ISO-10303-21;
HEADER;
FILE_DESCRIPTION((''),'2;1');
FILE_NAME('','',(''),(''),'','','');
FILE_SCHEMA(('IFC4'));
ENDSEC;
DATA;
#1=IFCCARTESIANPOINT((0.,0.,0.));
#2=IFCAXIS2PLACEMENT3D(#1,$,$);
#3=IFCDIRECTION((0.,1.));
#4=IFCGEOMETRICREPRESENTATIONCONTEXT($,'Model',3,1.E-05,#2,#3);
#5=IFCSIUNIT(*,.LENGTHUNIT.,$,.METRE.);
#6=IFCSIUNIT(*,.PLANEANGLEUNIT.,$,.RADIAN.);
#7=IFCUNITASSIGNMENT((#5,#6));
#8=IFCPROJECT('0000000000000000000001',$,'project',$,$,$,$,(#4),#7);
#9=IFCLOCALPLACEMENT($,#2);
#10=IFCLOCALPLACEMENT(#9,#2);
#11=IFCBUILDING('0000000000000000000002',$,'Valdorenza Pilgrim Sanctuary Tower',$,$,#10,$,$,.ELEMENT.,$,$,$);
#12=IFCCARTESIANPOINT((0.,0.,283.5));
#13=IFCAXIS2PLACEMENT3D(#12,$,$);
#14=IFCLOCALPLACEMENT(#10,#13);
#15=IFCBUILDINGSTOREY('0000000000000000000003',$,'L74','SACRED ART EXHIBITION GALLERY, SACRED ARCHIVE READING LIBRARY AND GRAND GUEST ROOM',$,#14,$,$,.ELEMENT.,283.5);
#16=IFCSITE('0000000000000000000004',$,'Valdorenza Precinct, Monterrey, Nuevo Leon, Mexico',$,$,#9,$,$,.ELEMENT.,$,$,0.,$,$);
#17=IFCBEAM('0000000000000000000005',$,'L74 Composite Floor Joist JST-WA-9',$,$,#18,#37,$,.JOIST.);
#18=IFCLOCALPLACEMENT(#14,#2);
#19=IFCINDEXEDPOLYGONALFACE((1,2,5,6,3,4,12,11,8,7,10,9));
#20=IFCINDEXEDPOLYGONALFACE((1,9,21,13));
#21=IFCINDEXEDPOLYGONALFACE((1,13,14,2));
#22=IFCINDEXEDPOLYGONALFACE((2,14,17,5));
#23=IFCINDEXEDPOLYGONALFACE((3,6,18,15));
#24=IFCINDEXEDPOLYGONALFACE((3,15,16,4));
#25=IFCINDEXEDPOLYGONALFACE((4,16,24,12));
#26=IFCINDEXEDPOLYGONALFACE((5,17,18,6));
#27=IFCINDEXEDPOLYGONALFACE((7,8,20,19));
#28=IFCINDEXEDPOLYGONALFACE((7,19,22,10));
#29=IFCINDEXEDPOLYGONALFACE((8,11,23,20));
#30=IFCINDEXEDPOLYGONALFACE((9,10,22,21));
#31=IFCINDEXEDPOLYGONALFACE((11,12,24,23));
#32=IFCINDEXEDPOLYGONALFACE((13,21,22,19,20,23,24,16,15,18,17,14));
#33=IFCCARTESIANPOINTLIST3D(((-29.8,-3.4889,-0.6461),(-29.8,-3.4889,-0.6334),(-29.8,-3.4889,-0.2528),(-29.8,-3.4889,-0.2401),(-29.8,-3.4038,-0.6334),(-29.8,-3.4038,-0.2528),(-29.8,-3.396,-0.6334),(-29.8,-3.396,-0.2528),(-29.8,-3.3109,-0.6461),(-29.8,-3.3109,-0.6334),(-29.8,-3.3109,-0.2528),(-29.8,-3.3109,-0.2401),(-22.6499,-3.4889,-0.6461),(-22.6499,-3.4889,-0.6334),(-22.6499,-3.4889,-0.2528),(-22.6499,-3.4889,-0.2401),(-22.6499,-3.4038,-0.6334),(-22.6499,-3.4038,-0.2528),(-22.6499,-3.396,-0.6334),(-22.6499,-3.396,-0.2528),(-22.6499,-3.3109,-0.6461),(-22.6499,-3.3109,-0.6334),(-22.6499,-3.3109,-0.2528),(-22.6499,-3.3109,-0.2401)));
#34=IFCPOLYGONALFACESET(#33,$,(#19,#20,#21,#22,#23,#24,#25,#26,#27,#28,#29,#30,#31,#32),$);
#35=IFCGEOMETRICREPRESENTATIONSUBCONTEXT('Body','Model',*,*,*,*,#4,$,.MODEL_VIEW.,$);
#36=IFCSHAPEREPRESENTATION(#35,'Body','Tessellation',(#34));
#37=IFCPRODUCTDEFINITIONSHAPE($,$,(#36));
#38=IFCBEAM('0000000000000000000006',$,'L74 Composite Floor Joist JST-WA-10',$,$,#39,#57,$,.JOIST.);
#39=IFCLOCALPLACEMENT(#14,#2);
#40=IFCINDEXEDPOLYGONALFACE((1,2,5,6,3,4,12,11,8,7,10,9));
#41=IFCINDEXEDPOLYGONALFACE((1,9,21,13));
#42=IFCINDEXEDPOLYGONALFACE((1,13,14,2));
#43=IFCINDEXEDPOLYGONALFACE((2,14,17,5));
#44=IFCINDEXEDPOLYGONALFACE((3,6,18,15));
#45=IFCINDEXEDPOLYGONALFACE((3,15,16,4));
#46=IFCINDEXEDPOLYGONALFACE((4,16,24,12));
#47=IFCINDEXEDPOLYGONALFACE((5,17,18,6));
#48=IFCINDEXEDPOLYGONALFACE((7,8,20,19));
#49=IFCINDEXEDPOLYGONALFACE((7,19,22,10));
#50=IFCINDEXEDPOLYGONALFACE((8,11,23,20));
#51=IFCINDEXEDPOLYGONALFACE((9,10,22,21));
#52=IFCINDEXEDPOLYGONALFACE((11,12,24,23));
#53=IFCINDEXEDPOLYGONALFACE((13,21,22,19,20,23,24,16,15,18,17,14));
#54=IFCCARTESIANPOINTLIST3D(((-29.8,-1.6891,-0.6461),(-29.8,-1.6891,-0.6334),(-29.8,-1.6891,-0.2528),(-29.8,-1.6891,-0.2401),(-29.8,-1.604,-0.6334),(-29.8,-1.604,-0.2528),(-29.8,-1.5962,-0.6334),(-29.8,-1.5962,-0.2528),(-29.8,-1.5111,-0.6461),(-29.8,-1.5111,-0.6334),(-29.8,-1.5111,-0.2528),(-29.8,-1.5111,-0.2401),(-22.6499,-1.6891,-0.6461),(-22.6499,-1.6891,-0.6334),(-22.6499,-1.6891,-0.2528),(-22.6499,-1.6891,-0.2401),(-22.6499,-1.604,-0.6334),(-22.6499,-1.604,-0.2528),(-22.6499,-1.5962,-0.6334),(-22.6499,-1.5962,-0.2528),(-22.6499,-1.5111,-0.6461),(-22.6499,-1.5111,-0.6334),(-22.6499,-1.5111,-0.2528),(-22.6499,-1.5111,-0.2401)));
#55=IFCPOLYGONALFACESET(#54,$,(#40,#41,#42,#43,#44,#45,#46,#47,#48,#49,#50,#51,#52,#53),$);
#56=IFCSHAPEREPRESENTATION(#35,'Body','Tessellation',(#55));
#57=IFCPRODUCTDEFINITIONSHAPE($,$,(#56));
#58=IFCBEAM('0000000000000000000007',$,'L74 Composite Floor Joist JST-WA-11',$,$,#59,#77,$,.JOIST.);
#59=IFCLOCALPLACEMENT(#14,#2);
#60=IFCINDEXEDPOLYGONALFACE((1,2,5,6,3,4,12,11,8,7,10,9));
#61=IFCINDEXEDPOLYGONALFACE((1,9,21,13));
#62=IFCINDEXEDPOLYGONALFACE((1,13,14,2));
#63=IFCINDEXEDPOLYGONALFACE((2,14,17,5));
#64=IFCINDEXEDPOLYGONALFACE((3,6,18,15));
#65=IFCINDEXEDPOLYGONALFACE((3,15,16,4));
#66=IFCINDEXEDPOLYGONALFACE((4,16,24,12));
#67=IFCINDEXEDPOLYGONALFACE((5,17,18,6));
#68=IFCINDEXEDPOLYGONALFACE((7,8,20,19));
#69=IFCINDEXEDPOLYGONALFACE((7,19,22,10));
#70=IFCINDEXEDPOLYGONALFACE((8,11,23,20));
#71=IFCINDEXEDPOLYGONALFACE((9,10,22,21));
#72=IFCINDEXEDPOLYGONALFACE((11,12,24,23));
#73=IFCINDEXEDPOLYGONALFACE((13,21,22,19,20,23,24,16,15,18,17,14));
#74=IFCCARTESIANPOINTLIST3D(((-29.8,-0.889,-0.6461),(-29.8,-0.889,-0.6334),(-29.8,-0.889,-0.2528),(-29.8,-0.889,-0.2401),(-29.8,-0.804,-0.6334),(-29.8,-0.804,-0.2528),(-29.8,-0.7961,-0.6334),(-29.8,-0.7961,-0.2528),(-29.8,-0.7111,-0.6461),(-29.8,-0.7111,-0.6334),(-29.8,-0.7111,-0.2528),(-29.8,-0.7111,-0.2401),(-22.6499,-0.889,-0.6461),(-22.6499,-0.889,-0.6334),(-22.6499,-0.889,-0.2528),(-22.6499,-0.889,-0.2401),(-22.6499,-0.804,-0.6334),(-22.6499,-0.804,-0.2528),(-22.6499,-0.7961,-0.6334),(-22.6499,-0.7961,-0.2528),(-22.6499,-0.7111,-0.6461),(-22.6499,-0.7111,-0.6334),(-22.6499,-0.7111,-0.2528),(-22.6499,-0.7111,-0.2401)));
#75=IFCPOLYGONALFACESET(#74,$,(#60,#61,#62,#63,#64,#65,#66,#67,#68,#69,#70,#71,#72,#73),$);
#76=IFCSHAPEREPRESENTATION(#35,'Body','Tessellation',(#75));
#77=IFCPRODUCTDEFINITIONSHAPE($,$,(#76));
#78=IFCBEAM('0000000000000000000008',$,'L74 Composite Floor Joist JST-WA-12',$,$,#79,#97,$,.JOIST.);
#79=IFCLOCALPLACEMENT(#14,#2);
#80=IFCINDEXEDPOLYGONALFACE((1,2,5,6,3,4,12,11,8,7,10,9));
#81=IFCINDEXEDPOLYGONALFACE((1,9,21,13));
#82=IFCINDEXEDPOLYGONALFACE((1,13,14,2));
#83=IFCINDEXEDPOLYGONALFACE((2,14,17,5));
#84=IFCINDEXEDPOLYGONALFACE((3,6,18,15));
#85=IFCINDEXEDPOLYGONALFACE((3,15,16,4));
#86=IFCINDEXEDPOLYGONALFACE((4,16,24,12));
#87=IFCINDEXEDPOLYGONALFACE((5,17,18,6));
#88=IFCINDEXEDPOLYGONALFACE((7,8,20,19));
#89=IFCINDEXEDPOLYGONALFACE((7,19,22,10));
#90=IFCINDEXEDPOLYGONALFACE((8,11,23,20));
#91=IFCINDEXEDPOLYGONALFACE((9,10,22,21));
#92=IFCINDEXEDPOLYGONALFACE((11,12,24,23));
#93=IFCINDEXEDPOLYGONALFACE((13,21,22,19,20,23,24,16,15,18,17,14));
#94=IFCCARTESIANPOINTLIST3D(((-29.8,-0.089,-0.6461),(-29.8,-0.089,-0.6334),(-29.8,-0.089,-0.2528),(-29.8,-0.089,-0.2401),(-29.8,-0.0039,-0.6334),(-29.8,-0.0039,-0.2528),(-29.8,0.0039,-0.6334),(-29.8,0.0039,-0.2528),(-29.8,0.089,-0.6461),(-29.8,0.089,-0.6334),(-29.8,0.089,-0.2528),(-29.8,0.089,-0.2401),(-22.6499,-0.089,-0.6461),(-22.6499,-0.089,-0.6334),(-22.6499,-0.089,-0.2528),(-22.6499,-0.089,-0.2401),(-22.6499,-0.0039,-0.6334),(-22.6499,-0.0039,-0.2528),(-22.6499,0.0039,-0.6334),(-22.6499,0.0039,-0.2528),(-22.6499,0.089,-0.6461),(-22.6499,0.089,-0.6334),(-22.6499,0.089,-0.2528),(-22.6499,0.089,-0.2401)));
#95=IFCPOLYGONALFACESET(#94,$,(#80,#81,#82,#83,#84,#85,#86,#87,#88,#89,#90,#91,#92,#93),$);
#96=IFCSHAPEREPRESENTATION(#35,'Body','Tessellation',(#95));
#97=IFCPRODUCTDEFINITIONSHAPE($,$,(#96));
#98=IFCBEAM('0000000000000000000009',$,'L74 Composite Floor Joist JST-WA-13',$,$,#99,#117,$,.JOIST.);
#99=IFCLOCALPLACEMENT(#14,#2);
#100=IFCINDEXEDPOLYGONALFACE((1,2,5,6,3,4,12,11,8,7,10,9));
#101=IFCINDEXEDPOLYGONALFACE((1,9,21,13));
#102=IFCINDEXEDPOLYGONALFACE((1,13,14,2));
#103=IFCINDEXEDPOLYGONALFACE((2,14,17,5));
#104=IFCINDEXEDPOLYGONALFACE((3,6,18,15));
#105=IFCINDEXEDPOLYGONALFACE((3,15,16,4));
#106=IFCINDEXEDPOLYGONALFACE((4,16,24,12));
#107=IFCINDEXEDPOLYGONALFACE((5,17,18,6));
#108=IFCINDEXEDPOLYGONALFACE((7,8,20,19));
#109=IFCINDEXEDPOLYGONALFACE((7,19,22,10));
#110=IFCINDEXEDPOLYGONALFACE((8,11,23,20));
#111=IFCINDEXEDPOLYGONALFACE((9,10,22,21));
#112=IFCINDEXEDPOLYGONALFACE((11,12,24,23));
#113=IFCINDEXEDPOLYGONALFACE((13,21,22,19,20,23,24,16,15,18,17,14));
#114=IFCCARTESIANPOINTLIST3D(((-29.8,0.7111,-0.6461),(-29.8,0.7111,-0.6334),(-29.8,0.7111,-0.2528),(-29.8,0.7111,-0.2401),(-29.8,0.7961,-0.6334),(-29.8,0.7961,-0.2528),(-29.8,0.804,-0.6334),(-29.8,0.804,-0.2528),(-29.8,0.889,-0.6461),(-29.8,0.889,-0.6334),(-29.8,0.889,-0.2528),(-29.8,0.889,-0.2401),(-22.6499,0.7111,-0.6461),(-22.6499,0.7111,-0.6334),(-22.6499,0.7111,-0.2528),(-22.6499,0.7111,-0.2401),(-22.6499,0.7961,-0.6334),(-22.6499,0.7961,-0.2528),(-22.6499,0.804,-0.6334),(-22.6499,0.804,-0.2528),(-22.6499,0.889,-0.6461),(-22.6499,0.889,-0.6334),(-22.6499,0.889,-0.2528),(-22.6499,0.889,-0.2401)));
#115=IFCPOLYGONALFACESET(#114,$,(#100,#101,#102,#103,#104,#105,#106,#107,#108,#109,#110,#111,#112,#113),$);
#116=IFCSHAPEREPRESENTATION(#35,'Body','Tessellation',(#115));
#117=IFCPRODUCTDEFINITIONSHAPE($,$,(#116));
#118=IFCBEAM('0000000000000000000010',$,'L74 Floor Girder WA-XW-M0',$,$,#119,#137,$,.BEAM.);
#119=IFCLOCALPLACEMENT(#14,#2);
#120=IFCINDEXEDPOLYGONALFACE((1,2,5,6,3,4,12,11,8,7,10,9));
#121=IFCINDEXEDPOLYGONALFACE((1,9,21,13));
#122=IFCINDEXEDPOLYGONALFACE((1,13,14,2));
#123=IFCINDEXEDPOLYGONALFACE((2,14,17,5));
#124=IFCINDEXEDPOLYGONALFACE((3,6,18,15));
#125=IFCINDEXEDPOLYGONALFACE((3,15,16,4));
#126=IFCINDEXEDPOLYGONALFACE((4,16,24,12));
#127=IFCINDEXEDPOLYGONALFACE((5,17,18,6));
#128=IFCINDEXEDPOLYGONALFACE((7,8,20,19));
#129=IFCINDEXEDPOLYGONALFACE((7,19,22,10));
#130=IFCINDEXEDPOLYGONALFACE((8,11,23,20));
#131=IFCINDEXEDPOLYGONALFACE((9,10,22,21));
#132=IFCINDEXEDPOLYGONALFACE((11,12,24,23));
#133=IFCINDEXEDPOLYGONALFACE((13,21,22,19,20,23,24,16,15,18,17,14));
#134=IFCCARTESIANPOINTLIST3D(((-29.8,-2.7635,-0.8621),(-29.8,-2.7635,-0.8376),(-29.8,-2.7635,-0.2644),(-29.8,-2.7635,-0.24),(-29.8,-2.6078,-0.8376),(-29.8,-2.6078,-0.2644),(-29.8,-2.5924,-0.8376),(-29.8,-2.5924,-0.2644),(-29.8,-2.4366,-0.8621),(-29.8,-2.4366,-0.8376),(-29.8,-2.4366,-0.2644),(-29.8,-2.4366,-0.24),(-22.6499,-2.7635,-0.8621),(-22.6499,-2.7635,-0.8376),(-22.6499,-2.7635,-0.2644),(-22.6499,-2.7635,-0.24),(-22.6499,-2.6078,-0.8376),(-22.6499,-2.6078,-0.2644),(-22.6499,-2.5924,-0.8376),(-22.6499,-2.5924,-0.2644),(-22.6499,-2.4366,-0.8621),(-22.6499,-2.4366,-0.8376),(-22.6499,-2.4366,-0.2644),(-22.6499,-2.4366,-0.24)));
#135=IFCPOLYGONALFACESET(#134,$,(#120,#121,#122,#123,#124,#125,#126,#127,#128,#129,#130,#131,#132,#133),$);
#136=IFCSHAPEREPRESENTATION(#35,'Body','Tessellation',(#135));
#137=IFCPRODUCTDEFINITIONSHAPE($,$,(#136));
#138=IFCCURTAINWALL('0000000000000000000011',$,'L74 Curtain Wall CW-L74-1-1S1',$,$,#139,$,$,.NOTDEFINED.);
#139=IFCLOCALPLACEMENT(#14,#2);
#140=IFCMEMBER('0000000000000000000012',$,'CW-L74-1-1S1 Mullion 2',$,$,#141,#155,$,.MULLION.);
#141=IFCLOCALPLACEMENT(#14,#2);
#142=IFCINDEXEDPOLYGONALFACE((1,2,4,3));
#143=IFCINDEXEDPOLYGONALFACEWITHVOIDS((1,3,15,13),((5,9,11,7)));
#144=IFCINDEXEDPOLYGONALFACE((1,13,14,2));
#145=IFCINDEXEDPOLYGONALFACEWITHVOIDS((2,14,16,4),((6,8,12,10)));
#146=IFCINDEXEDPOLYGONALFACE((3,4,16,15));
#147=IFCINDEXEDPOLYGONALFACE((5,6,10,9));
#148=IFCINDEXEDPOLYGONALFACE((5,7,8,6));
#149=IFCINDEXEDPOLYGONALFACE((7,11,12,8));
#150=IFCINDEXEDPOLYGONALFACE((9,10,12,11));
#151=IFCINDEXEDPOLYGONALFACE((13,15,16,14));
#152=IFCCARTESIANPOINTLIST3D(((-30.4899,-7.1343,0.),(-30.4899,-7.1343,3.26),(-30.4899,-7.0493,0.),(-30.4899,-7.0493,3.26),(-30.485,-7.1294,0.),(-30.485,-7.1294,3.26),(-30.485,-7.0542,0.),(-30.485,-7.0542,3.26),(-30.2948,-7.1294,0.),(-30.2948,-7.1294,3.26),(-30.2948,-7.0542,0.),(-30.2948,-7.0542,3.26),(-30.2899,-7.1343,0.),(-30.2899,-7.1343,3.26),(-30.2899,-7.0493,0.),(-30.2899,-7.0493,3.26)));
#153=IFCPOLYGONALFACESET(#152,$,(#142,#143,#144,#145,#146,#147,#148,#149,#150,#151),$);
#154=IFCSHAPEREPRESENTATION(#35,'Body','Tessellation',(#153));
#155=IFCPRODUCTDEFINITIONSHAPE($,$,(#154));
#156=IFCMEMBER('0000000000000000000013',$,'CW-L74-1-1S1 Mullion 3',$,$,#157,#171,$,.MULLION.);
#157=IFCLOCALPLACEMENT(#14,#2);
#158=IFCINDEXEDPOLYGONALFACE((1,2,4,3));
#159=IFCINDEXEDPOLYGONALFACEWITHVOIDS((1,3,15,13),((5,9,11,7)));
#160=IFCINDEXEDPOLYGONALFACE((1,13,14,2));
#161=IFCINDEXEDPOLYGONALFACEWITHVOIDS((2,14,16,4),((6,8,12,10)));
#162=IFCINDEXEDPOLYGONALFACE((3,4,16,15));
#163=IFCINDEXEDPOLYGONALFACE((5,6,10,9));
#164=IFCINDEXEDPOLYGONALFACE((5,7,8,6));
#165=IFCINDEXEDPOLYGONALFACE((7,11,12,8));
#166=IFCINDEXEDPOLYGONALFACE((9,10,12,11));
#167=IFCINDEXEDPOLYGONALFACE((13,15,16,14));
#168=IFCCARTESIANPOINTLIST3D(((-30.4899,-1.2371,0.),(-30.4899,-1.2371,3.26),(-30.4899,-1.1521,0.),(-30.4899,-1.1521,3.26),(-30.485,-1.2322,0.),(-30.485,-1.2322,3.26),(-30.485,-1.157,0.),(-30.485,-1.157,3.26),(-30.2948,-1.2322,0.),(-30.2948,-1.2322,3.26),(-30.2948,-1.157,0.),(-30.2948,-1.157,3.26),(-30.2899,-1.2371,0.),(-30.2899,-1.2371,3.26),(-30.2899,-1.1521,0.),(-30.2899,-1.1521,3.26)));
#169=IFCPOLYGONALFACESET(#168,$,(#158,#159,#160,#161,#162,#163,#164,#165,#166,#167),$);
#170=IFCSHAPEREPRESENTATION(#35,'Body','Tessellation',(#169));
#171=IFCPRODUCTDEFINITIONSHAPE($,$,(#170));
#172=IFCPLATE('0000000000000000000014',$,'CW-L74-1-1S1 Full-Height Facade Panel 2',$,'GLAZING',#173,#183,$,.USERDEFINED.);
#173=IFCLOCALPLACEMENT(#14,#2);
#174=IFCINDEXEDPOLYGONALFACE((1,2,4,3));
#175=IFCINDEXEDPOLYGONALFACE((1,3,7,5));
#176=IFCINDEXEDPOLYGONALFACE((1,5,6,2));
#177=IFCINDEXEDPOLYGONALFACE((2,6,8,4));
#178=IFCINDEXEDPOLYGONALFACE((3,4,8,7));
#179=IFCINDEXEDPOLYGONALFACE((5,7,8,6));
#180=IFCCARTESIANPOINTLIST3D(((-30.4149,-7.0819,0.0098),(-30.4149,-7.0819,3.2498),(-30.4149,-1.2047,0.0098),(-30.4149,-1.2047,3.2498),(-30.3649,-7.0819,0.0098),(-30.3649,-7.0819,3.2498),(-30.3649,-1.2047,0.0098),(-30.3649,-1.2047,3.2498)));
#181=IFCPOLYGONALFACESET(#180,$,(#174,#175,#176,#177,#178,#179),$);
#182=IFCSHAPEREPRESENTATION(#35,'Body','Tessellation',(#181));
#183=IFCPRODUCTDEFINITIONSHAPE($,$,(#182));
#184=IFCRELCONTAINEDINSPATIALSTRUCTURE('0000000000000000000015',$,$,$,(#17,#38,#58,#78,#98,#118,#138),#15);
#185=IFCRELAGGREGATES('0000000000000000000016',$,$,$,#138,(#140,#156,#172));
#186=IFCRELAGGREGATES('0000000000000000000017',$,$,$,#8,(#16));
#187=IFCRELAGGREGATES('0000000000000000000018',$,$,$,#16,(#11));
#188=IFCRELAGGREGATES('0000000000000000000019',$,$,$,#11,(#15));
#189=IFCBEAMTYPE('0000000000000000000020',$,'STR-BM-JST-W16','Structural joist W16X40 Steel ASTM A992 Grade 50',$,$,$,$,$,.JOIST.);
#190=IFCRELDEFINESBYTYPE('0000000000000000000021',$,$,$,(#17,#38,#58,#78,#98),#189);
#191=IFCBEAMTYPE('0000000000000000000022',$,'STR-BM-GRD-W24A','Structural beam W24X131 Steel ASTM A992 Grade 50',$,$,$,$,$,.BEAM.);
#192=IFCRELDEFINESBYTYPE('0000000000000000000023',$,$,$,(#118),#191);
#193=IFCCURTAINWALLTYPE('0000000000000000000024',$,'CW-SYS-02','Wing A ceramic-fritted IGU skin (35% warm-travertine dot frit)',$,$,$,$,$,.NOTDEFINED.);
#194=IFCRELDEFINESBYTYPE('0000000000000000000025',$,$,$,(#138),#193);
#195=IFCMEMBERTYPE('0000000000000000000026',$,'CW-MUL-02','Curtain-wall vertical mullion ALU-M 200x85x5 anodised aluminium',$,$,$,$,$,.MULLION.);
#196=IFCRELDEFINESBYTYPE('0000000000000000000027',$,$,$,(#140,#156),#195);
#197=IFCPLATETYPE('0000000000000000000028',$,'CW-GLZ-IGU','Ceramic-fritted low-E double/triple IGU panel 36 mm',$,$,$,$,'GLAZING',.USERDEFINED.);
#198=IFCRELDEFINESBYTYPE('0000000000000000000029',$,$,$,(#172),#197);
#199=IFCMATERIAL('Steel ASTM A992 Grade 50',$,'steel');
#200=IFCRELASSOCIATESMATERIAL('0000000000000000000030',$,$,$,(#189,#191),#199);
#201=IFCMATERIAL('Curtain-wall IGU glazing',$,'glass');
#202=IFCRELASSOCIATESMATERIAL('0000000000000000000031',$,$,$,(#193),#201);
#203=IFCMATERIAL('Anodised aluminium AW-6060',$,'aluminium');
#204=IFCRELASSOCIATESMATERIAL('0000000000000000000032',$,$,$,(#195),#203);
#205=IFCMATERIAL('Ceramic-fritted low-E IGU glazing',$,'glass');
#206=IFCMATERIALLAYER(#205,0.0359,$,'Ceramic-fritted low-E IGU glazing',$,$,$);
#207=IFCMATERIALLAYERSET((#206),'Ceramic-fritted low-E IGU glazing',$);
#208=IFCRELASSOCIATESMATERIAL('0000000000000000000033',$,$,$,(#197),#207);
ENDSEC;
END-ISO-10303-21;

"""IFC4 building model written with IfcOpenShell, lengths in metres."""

from ifc_helpers import new_model, si_unit, direction, frame, origin, origin_2d, place, context, subcontext, project, spatial, rectangle, hollow_rectangle, i_section, extrude, source, transform, mapped, material, layer, layer_set, material_profile, profile_set, type_object, element, aggregate, save


model = new_model("IFC4")

# Units and contexts
model_context = context("Model", 3, precision=1e-05, world=origin(), true_north=direction((0.0, 1.0)))
body_context = subcontext(model_context, "Body", "Model", "MODEL_VIEW")
ifc_project = project(units=[si_unit("LENGTHUNIT", "METRE"), si_unit("PLANEANGLEUNIT", "RADIAN")], contexts=[model_context])

# Site, building, storey
site_placement = place(None, origin())
site = spatial("IfcSite", under=ifc_project, at=site_placement, Name="Valdorenza Precinct, Monterrey, Nuevo Leon, Mexico", CompositionType="ELEMENT", RefElevation=0.0)
building_placement = place(site_placement, origin())
building = spatial("IfcBuilding", under=site, at=building_placement, Name="Valdorenza Pilgrim Sanctuary Tower", CompositionType="ELEMENT")
storey_placement = place(building_placement, frame((0.0, 0.0, 283.5)))
storey = spatial("IfcBuildingStorey", under=building, at=storey_placement, Name="L74", Description="SACRED ART EXHIBITION GALLERY, SACRED ARCHIVE READING LIBRARY AND GRAND GUEST ROOM", CompositionType="ELEMENT", Elevation=283.5)

# Beams
ifc_material_1 = material(Name="Steel ASTM A992 Grade 50", Category="steel")
ifc_material_profile_1 = material_profile(ifc_material_1, i_section(OverallWidth=0.178, OverallDepth=0.406, WebThickness=0.0078, FlangeThickness=0.0127, at=origin_2d()), Name="W16X40")
ifc_profile_set_1 = profile_set([ifc_material_profile_1], Name="Steel ASTM A992 Grade 50")
beam_type_1 = type_object("IfcBeamType", Name="STR-BM-JST-W16", Description="Structural joist W16X40 Steel ASTM A992 Grade 50", PredefinedType="JOIST", material=ifc_profile_set_1)
shared_shape_1 = source(origin(), body_context, "Body", "SweptSolid", [
    extrude(i_section(OverallWidth=0.178, OverallDepth=0.406, WebThickness=0.0078, FlangeThickness=0.0127, at=origin_2d()), origin(), (0.0, 0.0, 1.0), 7.1501),
])
for number, where, z_axis, x_axis, name in (
    (1, (-29.8, -3.3999, -0.4431), (1.0, 0.0, 0.0), (0.0, 1.0, 0.0), "L74 Composite Floor Joist JST-WA-9"),
    (2, (-29.8, -1.6001, -0.4431), (1.0, 0.0, 0.0), (0.0, 1.0, 0.0), "L74 Composite Floor Joist JST-WA-10"),
    (3, (-29.8, -0.8, -0.4431), (1.0, 0.0, 0.0), (0.0, 1.0, 0.0), "L74 Composite Floor Joist JST-WA-11"),
    (4, (-29.8, 0.0, -0.4431), (1.0, 0.0, 0.0), (0.0, 1.0, 0.0), "L74 Composite Floor Joist JST-WA-12"),
    (5, (-29.8, 0.8, -0.4431), (1.0, 0.0, 0.0), (0.0, 1.0, 0.0), "L74 Composite Floor Joist JST-WA-13"),
):
    element("IfcBeam", number, at=place(storey_placement, frame(where, z_axis=z_axis, x_axis=x_axis)), inside=storey, type_object=beam_type_1, Name=name, PredefinedType="JOIST", context=body_context, shape_type="MappedRepresentation", body=[
        mapped(shared_shape_1, transform((0.0, 0.0, 0.0), x_axis=(1.0, 0.0, 0.0), y_axis=(0.0, 1.0, 0.0), z_axis=(0.0, 0.0, 1.0), scale=1.0)),
    ])
ifc_material_profile_2 = material_profile(ifc_material_1, i_section(OverallWidth=0.3269, OverallDepth=0.6221, WebThickness=0.0154, FlangeThickness=0.0244, at=origin_2d()), Name="W24X131")
ifc_profile_set_2 = profile_set([ifc_material_profile_2], Name="Steel ASTM A992 Grade 50")
beam_type_2 = type_object("IfcBeamType", Name="STR-BM-GRD-W24A", Description="Structural beam W24X131 Steel ASTM A992 Grade 50", PredefinedType="BEAM", material=ifc_profile_set_2)
shared_shape_2 = source(origin(), body_context, "Body", "SweptSolid", [
    extrude(i_section(OverallWidth=0.3269, OverallDepth=0.6221, WebThickness=0.0154, FlangeThickness=0.0244, at=origin_2d()), origin(), (0.0, 0.0, 1.0), 7.1501),
])
beam_1_placement = place(storey_placement, frame((-29.8, -2.6001, -0.551), z_axis=(1.0, 0.0, 0.0), x_axis=(0.0, 1.0, 0.0)))
element("IfcBeam", 6, at=beam_1_placement, inside=storey, type_object=beam_type_2, Name="L74 Floor Girder WA-XW-M0", PredefinedType="BEAM", context=body_context, shape_type="MappedRepresentation", body=[
    mapped(shared_shape_2, transform((0.0, 0.0, 0.0), x_axis=(1.0, 0.0, 0.0), y_axis=(0.0, 1.0, 0.0), z_axis=(0.0, 0.0, 1.0), scale=1.0)),
])

# Curtain wall, members, plate
ifc_material_2 = material(Name="Curtain-wall IGU glazing", Category="glass")
curtain_wall_type = type_object("IfcCurtainWallType", Name="CW-SYS-02", Description="Wing A ceramic-fritted IGU skin (35% warm-travertine dot frit)", PredefinedType="NOTDEFINED", material=ifc_material_2)
curtain_wall_placement = place(storey_placement, origin())
curtain_wall = element("IfcCurtainWall", 7, at=curtain_wall_placement, inside=storey, type_object=curtain_wall_type, Name="L74 Curtain Wall CW-L74-1-1S1", PredefinedType="NOTDEFINED")
ifc_material_3 = material(Name="Anodised aluminium AW-6060", Category="aluminium")
ifc_material_profile_3 = material_profile(ifc_material_3, hollow_rectangle(XDim=0.085, YDim=0.2, WallThickness=0.0049, at=origin_2d()), Name="ALU-M 200x85x5")
ifc_profile_set_3 = profile_set([ifc_material_profile_3], Name="Anodised aluminium AW-6060")
member_type = type_object("IfcMemberType", Name="CW-MUL-02", Description="Curtain-wall vertical mullion ALU-M 200x85x5 anodised aluminium", PredefinedType="MULLION", material=ifc_profile_set_3)
shared_shape_3 = source(origin(), body_context, "Body", "SweptSolid", [
    extrude(hollow_rectangle(XDim=0.085, YDim=0.2, WallThickness=0.0049, at=origin_2d()), origin(), (0.0, 0.0, 1.0), 3.26),
])
member_1_placement = place(storey_placement, frame((-30.3899, -7.0918, 0.0), z_axis=(0.0, 0.0, 1.0), x_axis=(0.0, 1.0, 0.0)))
member_1 = element("IfcMember", 8, at=member_1_placement, type_object=member_type, Name="CW-L74-1-1S1 Mullion 2", PredefinedType="MULLION", context=body_context, shape_type="MappedRepresentation", body=[
    mapped(shared_shape_3, transform((0.0, 0.0, 0.0), x_axis=(1.0, 0.0, 0.0), y_axis=(0.0, 1.0, 0.0), z_axis=(0.0, 0.0, 1.0), scale=1.0)),
])
member_2_placement = place(storey_placement, frame((-30.3899, -1.1946, 0.0), z_axis=(0.0, 0.0, 1.0), x_axis=(0.0, 1.0, 0.0)))
member_2 = element("IfcMember", 9, at=member_2_placement, type_object=member_type, Name="CW-L74-1-1S1 Mullion 3", PredefinedType="MULLION", context=body_context, shape_type="MappedRepresentation", body=[
    mapped(shared_shape_3, transform((0.0, 0.0, 0.0), x_axis=(1.0, 0.0, 0.0), y_axis=(0.0, 1.0, 0.0), z_axis=(0.0, 0.0, 1.0), scale=1.0)),
])
ifc_material_4 = material(Name="Ceramic-fritted low-E IGU glazing", Category="glass")
ifc_layer_1 = layer(ifc_material_4, 0.0359, Name="Ceramic-fritted low-E IGU glazing")
ifc_layer_set_1 = layer_set([ifc_layer_1], Name="Ceramic-fritted low-E IGU glazing")
plate_type = type_object("IfcPlateType", Name="CW-GLZ-IGU", Description="Ceramic-fritted low-E double/triple IGU panel 36 mm", ElementType="GLAZING", PredefinedType="USERDEFINED", material=ifc_layer_set_1)
shared_shape_4 = source(origin(), body_context, "Body", "SweptSolid", [
    extrude(rectangle(XDim=5.8772, YDim=0.05, at=origin_2d()), origin(), (0.0, 0.0, 1.0), 3.24),
])
plate_placement = place(storey_placement, frame((-30.3899, -4.1433, 0.0098), z_axis=(0.0, 0.0, 1.0), x_axis=(0.0, 1.0, 0.0)))
plate = element("IfcPlate", 10, at=plate_placement, type_object=plate_type, Name="CW-L74-1-1S1 Full-Height Facade Panel 2", ObjectType="GLAZING", PredefinedType="USERDEFINED", context=body_context, shape_type="MappedRepresentation", body=[
    mapped(shared_shape_4, transform((0.0, 0.0, 0.0), x_axis=(1.0, 0.0, 0.0), y_axis=(0.0, 1.0, 0.0), z_axis=(0.0, 0.0, 1.0), scale=1.0)),
])
aggregate(curtain_wall, [member_1, member_2, plate])

save(model, "model.ifc")
